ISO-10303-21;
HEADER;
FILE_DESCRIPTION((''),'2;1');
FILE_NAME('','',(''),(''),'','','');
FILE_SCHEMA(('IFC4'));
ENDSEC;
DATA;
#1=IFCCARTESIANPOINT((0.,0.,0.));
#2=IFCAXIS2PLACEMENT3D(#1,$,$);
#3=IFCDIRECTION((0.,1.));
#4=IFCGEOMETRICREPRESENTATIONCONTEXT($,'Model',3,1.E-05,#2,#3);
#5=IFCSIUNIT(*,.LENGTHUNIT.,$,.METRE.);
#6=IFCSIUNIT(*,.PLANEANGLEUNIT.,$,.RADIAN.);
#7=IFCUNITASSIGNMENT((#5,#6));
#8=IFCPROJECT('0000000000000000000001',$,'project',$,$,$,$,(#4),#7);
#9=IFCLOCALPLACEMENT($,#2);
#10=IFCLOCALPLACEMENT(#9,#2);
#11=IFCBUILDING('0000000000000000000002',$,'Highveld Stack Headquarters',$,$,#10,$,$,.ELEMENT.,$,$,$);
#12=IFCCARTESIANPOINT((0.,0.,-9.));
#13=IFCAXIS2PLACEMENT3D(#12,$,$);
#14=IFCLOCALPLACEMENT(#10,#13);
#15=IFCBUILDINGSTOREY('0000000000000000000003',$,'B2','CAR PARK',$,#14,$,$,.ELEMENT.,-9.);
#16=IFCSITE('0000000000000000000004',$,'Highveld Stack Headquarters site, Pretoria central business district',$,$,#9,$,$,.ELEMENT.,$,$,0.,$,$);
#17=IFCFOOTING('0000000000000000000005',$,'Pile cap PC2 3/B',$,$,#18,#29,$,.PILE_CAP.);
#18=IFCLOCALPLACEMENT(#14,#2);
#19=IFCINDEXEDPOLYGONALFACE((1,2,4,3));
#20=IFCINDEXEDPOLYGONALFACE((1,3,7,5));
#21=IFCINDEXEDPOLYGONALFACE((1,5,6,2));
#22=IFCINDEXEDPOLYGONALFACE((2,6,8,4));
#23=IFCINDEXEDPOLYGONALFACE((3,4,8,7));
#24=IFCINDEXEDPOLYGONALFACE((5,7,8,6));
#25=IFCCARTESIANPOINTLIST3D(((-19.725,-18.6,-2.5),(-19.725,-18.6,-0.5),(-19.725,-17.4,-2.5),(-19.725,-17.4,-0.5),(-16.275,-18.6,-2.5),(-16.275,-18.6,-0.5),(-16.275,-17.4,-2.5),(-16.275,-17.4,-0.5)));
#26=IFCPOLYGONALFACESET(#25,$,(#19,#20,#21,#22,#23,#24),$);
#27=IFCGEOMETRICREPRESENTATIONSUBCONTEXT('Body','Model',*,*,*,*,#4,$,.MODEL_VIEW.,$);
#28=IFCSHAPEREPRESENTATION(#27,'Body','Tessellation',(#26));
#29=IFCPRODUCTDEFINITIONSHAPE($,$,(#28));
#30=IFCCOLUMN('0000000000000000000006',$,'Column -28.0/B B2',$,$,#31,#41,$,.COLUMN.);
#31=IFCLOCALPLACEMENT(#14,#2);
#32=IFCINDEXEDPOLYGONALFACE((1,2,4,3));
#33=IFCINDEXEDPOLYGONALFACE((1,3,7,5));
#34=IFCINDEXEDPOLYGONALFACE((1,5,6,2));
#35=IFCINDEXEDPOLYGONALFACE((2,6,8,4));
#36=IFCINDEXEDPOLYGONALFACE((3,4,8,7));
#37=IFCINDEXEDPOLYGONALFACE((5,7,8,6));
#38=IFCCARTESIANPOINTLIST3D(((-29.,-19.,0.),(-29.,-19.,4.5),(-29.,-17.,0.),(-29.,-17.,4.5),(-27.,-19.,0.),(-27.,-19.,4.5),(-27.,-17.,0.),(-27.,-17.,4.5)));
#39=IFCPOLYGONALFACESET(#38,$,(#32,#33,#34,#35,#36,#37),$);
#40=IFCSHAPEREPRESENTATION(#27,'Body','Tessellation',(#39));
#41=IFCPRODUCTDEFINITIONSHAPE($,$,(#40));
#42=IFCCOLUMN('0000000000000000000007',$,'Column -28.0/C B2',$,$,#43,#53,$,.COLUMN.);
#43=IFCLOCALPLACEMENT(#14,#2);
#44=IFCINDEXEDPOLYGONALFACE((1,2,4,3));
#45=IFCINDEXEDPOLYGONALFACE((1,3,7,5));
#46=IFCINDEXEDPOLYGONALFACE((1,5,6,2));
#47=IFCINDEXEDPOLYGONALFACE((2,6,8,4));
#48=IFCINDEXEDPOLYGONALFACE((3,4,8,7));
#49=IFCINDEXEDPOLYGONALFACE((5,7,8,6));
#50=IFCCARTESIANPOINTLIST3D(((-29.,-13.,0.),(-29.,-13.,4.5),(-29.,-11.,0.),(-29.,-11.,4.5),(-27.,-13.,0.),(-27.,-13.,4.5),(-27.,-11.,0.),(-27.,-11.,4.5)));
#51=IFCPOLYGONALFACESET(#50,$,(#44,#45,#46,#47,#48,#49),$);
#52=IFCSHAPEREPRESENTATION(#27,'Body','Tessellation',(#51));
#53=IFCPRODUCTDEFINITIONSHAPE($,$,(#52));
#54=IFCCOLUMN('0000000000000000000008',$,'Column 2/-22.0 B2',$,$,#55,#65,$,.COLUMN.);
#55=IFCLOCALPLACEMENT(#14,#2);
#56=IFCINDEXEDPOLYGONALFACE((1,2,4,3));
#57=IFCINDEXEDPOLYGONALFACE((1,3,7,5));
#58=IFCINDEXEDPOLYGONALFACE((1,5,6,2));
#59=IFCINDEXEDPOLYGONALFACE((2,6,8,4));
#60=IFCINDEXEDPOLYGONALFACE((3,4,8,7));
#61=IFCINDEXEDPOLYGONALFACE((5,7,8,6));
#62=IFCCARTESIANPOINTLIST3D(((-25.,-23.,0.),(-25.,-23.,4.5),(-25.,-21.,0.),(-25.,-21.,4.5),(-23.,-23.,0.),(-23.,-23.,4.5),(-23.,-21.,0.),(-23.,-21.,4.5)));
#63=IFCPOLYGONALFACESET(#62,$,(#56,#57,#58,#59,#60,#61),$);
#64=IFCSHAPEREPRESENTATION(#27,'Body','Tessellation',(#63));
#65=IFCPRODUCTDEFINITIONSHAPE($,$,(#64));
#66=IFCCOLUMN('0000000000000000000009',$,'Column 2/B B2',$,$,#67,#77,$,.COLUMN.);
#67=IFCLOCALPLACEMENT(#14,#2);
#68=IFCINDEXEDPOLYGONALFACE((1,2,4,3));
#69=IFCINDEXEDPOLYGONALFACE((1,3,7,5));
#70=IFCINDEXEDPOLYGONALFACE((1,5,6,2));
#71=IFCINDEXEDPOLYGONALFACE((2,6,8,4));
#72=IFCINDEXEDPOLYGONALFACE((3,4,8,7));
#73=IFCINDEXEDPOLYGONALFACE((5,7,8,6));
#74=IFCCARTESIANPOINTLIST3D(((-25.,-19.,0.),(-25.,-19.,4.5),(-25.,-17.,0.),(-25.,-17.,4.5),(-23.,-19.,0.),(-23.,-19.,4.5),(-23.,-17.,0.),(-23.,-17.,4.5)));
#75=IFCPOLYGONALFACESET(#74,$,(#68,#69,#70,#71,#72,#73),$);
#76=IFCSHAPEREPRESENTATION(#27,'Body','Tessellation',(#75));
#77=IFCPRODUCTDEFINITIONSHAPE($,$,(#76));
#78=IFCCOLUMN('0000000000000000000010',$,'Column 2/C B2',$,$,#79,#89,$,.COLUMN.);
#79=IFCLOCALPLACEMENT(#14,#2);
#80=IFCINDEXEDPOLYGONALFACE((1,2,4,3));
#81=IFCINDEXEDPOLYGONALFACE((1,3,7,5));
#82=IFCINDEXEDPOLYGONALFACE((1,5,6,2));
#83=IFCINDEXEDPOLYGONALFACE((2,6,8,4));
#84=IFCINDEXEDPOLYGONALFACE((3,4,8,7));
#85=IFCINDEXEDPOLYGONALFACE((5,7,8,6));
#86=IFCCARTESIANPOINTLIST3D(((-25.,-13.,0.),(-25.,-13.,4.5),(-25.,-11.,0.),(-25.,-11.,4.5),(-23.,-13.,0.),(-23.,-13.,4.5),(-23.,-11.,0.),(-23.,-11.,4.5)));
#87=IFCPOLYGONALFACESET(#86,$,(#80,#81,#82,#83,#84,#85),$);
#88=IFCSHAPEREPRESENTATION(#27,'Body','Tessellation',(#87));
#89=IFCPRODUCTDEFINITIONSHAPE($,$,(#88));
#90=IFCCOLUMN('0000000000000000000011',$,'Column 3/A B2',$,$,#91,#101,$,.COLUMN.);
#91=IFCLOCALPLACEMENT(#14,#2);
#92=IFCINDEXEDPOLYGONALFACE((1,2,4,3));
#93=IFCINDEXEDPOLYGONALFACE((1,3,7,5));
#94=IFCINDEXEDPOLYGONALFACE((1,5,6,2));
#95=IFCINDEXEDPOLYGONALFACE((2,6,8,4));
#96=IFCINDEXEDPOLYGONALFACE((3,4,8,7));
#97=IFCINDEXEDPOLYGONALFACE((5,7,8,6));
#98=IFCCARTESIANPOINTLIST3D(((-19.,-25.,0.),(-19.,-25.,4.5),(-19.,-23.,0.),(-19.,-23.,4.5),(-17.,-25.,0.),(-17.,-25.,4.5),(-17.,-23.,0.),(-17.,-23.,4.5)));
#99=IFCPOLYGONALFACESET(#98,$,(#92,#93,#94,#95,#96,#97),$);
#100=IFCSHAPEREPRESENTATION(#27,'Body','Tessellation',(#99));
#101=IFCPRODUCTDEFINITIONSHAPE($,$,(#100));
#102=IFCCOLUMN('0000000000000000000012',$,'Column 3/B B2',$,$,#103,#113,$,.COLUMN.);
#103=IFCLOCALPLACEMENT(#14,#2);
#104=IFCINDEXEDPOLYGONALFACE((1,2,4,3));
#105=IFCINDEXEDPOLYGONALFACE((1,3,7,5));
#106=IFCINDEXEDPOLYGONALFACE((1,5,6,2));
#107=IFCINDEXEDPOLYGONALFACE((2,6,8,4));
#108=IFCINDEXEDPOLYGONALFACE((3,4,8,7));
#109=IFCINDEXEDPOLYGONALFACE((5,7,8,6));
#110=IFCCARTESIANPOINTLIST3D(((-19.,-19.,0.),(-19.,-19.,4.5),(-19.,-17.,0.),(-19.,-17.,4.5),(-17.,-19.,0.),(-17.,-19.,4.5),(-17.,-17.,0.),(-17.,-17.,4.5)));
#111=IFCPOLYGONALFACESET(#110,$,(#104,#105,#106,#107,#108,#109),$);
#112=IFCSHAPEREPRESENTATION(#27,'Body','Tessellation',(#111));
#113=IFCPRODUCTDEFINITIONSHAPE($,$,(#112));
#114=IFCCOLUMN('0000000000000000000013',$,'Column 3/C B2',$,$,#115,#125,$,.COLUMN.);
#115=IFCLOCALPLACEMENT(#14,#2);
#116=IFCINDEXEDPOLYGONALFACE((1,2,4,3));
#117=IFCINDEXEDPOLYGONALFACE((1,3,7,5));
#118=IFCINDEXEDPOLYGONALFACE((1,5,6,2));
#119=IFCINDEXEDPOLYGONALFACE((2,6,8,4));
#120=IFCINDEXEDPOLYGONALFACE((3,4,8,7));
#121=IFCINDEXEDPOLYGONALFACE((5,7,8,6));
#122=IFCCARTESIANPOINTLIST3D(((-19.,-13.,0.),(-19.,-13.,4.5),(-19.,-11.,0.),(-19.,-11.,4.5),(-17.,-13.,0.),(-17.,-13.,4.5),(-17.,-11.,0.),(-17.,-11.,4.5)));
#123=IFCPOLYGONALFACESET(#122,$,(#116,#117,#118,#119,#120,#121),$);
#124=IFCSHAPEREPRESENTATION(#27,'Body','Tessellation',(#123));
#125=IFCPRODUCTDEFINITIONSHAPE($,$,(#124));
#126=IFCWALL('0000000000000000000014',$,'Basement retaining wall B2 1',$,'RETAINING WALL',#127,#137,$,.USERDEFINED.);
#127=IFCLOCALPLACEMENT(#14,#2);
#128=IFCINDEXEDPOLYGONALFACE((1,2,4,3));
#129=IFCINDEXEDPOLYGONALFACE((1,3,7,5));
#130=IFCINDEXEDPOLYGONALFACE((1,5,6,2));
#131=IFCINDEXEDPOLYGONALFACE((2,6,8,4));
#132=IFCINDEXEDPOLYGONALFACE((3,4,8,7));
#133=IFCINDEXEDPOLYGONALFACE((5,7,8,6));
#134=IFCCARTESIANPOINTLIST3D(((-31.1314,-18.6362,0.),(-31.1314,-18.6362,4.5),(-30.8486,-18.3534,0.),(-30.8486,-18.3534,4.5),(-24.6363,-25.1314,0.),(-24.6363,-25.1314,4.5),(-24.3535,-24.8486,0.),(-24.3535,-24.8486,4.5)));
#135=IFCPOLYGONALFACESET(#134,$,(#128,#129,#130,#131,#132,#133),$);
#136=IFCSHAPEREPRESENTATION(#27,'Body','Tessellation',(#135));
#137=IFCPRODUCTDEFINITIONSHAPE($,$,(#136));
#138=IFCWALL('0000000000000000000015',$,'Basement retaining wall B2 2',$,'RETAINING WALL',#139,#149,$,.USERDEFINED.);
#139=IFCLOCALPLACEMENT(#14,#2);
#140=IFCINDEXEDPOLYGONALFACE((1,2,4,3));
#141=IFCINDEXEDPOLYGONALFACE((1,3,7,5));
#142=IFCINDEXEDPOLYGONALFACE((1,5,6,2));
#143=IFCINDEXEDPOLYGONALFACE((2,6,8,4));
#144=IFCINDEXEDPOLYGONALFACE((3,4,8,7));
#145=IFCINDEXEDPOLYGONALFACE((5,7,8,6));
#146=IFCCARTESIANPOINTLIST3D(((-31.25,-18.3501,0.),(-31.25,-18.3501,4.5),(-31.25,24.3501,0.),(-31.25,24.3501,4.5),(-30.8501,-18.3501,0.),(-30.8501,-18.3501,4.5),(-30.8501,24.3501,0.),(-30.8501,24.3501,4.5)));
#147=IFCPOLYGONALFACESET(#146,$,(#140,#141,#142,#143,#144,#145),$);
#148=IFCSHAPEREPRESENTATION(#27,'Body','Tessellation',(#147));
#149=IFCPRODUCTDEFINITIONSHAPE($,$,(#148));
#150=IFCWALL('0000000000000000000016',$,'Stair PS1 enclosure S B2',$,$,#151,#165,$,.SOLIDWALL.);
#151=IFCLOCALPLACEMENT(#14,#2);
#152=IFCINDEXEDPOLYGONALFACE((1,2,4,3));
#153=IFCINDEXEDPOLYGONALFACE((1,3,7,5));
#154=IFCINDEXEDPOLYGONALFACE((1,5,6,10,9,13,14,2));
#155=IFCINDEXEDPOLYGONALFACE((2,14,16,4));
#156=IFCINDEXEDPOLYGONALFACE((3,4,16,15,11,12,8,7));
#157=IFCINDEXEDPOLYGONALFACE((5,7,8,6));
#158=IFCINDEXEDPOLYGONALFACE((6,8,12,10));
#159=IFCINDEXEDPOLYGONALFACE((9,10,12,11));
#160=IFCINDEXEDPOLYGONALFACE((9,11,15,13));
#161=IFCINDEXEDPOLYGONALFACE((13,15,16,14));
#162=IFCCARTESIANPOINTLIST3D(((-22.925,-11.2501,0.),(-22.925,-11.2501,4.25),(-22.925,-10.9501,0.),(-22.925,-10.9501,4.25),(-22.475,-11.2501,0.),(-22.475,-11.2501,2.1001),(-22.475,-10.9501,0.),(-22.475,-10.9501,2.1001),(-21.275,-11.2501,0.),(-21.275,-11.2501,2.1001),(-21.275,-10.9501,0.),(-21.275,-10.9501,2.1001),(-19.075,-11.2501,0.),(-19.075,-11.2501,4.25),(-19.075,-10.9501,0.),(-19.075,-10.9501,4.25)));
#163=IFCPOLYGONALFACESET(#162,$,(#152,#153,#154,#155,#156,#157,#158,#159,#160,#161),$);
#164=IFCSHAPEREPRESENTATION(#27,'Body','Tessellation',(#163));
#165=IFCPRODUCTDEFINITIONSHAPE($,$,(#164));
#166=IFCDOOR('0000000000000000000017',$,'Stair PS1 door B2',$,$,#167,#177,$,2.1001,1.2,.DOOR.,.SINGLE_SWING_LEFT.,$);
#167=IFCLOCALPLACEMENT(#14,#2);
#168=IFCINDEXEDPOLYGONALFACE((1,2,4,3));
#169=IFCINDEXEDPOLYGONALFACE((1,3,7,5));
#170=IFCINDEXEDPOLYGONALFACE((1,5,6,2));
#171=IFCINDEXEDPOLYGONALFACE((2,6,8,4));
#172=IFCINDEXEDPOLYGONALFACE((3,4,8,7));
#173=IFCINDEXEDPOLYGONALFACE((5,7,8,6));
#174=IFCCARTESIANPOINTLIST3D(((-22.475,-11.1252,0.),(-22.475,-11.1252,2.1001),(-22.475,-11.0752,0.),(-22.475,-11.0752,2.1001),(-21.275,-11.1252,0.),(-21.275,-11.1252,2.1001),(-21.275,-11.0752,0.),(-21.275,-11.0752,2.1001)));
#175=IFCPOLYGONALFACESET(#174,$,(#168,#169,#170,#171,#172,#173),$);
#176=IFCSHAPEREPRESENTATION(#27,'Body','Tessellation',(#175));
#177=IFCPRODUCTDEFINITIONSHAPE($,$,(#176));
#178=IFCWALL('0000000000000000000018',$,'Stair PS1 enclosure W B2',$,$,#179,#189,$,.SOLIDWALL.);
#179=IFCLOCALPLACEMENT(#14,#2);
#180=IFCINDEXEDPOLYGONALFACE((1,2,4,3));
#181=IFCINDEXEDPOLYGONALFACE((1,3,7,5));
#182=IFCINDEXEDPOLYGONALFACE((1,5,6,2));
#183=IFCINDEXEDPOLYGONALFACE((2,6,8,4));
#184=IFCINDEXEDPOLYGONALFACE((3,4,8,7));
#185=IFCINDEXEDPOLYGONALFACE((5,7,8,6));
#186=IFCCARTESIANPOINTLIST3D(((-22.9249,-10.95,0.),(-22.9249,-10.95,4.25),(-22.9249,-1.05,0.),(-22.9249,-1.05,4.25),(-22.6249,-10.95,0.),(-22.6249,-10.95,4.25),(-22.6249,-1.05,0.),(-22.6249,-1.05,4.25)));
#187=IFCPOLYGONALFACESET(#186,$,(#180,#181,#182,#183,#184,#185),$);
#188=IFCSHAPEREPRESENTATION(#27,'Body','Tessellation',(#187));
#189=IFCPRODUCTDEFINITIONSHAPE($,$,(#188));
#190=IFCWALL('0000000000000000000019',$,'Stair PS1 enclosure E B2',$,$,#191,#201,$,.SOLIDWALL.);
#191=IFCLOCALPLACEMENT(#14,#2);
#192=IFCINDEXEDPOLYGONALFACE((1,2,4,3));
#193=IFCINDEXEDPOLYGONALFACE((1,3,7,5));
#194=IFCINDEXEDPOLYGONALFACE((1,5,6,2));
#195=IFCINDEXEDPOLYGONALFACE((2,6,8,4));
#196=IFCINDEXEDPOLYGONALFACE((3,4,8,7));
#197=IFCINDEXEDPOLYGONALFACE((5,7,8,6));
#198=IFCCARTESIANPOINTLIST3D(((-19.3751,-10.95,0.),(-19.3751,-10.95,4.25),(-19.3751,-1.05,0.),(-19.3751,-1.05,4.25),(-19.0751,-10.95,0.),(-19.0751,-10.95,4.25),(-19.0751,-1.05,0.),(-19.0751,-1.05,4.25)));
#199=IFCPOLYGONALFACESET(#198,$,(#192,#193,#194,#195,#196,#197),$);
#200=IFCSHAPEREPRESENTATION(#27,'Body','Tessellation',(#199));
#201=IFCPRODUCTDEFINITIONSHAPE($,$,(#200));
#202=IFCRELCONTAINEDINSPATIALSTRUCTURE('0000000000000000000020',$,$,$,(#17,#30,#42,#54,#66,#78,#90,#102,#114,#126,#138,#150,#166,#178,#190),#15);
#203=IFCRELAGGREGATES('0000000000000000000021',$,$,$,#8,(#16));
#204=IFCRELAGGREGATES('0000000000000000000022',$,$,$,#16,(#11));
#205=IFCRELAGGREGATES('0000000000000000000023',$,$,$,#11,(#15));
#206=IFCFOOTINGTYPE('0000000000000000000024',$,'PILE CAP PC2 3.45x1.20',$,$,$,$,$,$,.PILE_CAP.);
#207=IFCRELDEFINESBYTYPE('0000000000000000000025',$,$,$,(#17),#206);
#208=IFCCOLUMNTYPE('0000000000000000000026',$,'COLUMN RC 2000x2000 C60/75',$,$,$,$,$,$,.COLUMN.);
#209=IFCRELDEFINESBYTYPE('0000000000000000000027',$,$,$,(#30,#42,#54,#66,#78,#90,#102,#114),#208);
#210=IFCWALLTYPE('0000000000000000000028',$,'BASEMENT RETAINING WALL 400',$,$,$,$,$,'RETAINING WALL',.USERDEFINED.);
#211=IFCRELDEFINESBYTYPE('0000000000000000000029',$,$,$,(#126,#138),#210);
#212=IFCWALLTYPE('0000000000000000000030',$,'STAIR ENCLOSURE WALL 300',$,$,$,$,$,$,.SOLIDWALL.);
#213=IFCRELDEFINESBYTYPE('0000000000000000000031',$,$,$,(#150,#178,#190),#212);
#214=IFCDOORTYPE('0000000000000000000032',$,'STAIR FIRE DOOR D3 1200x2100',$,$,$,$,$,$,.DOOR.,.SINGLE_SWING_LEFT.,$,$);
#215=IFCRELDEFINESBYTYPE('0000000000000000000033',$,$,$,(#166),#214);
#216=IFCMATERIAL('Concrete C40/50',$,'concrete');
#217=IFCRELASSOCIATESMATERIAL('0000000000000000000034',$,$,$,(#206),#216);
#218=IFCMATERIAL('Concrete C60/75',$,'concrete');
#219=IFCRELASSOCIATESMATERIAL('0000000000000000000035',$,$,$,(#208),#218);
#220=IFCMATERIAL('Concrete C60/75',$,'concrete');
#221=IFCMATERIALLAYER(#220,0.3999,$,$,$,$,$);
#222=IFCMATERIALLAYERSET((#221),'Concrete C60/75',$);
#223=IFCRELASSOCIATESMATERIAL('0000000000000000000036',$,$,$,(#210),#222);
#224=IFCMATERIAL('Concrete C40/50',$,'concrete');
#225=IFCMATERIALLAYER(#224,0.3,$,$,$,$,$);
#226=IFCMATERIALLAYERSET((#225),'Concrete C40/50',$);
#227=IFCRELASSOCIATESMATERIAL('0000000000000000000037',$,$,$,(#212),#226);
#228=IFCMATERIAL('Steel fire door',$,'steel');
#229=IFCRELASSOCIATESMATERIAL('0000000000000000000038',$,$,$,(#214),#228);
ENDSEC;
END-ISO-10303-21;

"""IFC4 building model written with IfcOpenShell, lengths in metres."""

from ifc_helpers import new_model, si_unit, direction, frame, frame_2d, origin, origin_2d, place, context, subcontext, project, spatial, rectangle, extrude, material, layer, layer_set, material_profile, profile_set, type_object, element, fill, save


model = new_model("IFC4")

# Units and contexts
model_context = context("Model", 3, precision=1e-05, world=origin(), true_north=direction((0.0, 1.0)))
body_context = subcontext(model_context, "Body", "Model", "MODEL_VIEW")
ifc_project = project(units=[si_unit("LENGTHUNIT", "METRE"), si_unit("PLANEANGLEUNIT", "RADIAN")], contexts=[model_context])

# Site, building, storey
site_placement = place(None, origin())
site = spatial("IfcSite", under=ifc_project, at=site_placement, Name="Highveld Stack Headquarters site, Pretoria central business district", CompositionType="ELEMENT", RefElevation=0.0)
building_placement = place(site_placement, origin())
building = spatial("IfcBuilding", under=site, at=building_placement, Name="Highveld Stack Headquarters", CompositionType="ELEMENT")
storey_placement = place(building_placement, frame((0.0, 0.0, -9.0)))
storey = spatial("IfcBuildingStorey", under=building, at=storey_placement, Name="B2", Description="CAR PARK", CompositionType="ELEMENT", Elevation=-9.0)

# Footing
ifc_material_1 = material(Name="Concrete C40/50", Category="concrete")
footing_type_1 = type_object("IfcFootingType", Name="PILE CAP PC2 3.45x1.20", PredefinedType="PILE_CAP", material=ifc_material_1)
for number, where, z_axis, x_axis, name in (
    (1, (-18.0, -18.0, -2.5), (0.0, 0.0, 1.0), (1.0, 0.0, 0.0), "Pile cap PC2 3/B"),
):
    element("IfcFooting", number, at=place(storey_placement, frame(where, z_axis=z_axis, x_axis=x_axis)), inside=storey, type_object=footing_type_1, Name=name, PredefinedType="PILE_CAP", context=body_context, shape_type="SweptSolid", body=[
        extrude(rectangle(XDim=3.45, YDim=1.2, at=origin_2d()), origin(), (0.0, 0.0, 1.0), 2.0),
    ])

# Columns
ifc_material_2 = material(Name="Concrete C60/75", Category="concrete")
ifc_material_profile = material_profile(ifc_material_2, rectangle(XDim=2.0, YDim=2.0, at=origin_2d()), Name="RC 2000x2000")
ifc_profile_set = profile_set([ifc_material_profile], Name="Concrete C60/75")
column_type = type_object("IfcColumnType", Name="COLUMN RC 2000x2000 C60/75", PredefinedType="COLUMN", material=ifc_profile_set)
for number, where, z_axis, x_axis, name in (
    (2, (-28.0, -18.0, 0.0), (0.0, 0.0, 1.0), (1.0, 0.0, 0.0), "Column -28.0/B B2"),
    (3, (-28.0, -12.0, 0.0), (0.0, 0.0, 1.0), (1.0, 0.0, 0.0), "Column -28.0/C B2"),
    (4, (-24.0, -22.0, 0.0), (0.0, 0.0, 1.0), (1.0, 0.0, 0.0), "Column 2/-22.0 B2"),
    (5, (-24.0, -18.0, 0.0), (0.0, 0.0, 1.0), (1.0, 0.0, 0.0), "Column 2/B B2"),
    (6, (-24.0, -12.0, 0.0), (0.0, 0.0, 1.0), (1.0, 0.0, 0.0), "Column 2/C B2"),
    (7, (-18.0, -24.0, 0.0), (0.0, 0.0, 1.0), (1.0, 0.0, 0.0), "Column 3/A B2"),
    (8, (-18.0, -18.0, 0.0), (0.0, 0.0, 1.0), (1.0, 0.0, 0.0), "Column 3/B B2"),
    (9, (-18.0, -12.0, 0.0), (0.0, 0.0, 1.0), (1.0, 0.0, 0.0), "Column 3/C B2"),
):
    element("IfcColumn", number, at=place(storey_placement, frame(where, z_axis=z_axis, x_axis=x_axis)), inside=storey, type_object=column_type, Name=name, PredefinedType="COLUMN", context=body_context, shape_type="SweptSolid", body=[
        extrude(rectangle(XDim=2.0, YDim=2.0, at=origin_2d()), origin(), (0.0, 0.0, 1.0), 4.5),
    ])

# Walls
ifc_material_3 = material(Name="Concrete C60/75", Category="concrete")
ifc_layer_1 = layer(ifc_material_3, 0.3999)
ifc_layer_set_1 = layer_set([ifc_layer_1], Name="Concrete C60/75")
wall_type_1 = type_object("IfcWallType", Name="BASEMENT RETAINING WALL 400", ElementType="RETAINING WALL", PredefinedType="USERDEFINED", material=ifc_layer_set_1)
wall_1_placement = place(storey_placement, frame((-24.4949, -24.99, 0.0), z_axis=(0.0, 0.0, 1.0), x_axis=(-0.707107, 0.707107, 0.0)))
element("IfcWall", 10, at=wall_1_placement, inside=storey, type_object=wall_type_1, Name="Basement retaining wall B2 1", ObjectType="RETAINING WALL", PredefinedType="USERDEFINED", context=body_context, shape_type="SweptSolid", body=[
    extrude(rectangle(XDim=9.1855, YDim=0.3999, at=frame_2d((4.5928, 0.0))), origin(), (0.0, 0.0, 1.0), 4.5),
])
wall_2_placement = place(storey_placement, frame((-31.05, -18.3501, 0.0), z_axis=(0.0, 0.0, 1.0), x_axis=(0.0, 1.0, 0.0)))
element("IfcWall", 11, at=wall_2_placement, inside=storey, type_object=wall_type_1, Name="Basement retaining wall B2 2", ObjectType="RETAINING WALL", PredefinedType="USERDEFINED", context=body_context, shape_type="SweptSolid", body=[
    extrude(rectangle(XDim=42.7002, YDim=0.3999, at=frame_2d((21.3501, 0.0))), origin(), (0.0, 0.0, 1.0), 4.5),
])

# Wall, opening, door
ifc_material_4 = material(Name="Concrete C40/50", Category="concrete")
ifc_layer_2 = layer(ifc_material_4, 0.3)
ifc_layer_set_2 = layer_set([ifc_layer_2], Name="Concrete C40/50")
wall_type_2 = type_object("IfcWallType", Name="STAIR ENCLOSURE WALL 300", PredefinedType="SOLIDWALL", material=ifc_layer_set_2)
wall_3_placement = place(storey_placement, frame((-22.925, -11.1001, 0.0), z_axis=(0.0, 0.0, 1.0), x_axis=(1.0, 0.0, 0.0)))
wall_3 = element("IfcWall", 12, at=wall_3_placement, inside=storey, type_object=wall_type_2, Name="Stair PS1 enclosure S B2", PredefinedType="SOLIDWALL", context=body_context, shape_type="SweptSolid", body=[
    extrude(rectangle(XDim=3.8501, YDim=0.3, at=frame_2d((1.925, 0.0))), origin(), (0.0, 0.0, 1.0), 4.25),
])
opening_placement = place(wall_3_placement, frame((0.45, 0.0, 0.0)))
opening = element("IfcOpeningElement", 13, at=opening_placement, cuts=wall_3, PredefinedType="OPENING", context=body_context, shape_type="SweptSolid", body=[
    extrude(rectangle(XDim=1.2, YDim=2.1001, at=frame_2d((0.6001, 1.05))), frame((0.0, 0.1599, 0.0), z_axis=(0.0, -1.0, 0.0), x_axis=(1.0, 0.0, 0.0)), (0.0, 0.0, 1.0), 0.3201),
])
ifc_material_5 = material(Name="Steel fire door", Category="steel")
door_type = type_object("IfcDoorType", Name="STAIR FIRE DOOR D3 1200x2100", OperationType="SINGLE_SWING_LEFT", PredefinedType="DOOR", material=ifc_material_5)
door_placement = place(opening_placement, origin())
door = element("IfcDoor", 14, at=door_placement, inside=storey, type_object=door_type, Name="Stair PS1 door B2", OperationType="SINGLE_SWING_LEFT", OverallHeight=2.1001, OverallWidth=1.2, PredefinedType="DOOR", context=body_context, shape_type="SweptSolid", body=[
    extrude(rectangle(XDim=1.2, YDim=2.1001, at=frame_2d((0.6001, 1.05))), frame((0.0, 0.0249, 0.0), z_axis=(0.0, -1.0, 0.0), x_axis=(1.0, 0.0, 0.0)), (0.0, 0.0, 1.0), 0.05),
])
fill(opening, door)

# Walls
for number, where, z_axis, x_axis, name in (
    (15, (-22.7749, -10.95, 0.0), (0.0, 0.0, 1.0), (0.0, 1.0, 0.0), "Stair PS1 enclosure W B2"),
    (16, (-19.2251, -10.95, 0.0), (0.0, 0.0, 1.0), (0.0, 1.0, 0.0), "Stair PS1 enclosure E B2"),
):
    element("IfcWall", number, at=place(storey_placement, frame(where, z_axis=z_axis, x_axis=x_axis)), inside=storey, type_object=wall_type_2, Name=name, PredefinedType="SOLIDWALL", context=body_context, shape_type="SweptSolid", body=[
        extrude(rectangle(XDim=9.8999, YDim=0.3, at=frame_2d((4.95, 0.0))), origin(), (0.0, 0.0, 1.0), 4.25),
    ])

save(model, "model.ifc")
